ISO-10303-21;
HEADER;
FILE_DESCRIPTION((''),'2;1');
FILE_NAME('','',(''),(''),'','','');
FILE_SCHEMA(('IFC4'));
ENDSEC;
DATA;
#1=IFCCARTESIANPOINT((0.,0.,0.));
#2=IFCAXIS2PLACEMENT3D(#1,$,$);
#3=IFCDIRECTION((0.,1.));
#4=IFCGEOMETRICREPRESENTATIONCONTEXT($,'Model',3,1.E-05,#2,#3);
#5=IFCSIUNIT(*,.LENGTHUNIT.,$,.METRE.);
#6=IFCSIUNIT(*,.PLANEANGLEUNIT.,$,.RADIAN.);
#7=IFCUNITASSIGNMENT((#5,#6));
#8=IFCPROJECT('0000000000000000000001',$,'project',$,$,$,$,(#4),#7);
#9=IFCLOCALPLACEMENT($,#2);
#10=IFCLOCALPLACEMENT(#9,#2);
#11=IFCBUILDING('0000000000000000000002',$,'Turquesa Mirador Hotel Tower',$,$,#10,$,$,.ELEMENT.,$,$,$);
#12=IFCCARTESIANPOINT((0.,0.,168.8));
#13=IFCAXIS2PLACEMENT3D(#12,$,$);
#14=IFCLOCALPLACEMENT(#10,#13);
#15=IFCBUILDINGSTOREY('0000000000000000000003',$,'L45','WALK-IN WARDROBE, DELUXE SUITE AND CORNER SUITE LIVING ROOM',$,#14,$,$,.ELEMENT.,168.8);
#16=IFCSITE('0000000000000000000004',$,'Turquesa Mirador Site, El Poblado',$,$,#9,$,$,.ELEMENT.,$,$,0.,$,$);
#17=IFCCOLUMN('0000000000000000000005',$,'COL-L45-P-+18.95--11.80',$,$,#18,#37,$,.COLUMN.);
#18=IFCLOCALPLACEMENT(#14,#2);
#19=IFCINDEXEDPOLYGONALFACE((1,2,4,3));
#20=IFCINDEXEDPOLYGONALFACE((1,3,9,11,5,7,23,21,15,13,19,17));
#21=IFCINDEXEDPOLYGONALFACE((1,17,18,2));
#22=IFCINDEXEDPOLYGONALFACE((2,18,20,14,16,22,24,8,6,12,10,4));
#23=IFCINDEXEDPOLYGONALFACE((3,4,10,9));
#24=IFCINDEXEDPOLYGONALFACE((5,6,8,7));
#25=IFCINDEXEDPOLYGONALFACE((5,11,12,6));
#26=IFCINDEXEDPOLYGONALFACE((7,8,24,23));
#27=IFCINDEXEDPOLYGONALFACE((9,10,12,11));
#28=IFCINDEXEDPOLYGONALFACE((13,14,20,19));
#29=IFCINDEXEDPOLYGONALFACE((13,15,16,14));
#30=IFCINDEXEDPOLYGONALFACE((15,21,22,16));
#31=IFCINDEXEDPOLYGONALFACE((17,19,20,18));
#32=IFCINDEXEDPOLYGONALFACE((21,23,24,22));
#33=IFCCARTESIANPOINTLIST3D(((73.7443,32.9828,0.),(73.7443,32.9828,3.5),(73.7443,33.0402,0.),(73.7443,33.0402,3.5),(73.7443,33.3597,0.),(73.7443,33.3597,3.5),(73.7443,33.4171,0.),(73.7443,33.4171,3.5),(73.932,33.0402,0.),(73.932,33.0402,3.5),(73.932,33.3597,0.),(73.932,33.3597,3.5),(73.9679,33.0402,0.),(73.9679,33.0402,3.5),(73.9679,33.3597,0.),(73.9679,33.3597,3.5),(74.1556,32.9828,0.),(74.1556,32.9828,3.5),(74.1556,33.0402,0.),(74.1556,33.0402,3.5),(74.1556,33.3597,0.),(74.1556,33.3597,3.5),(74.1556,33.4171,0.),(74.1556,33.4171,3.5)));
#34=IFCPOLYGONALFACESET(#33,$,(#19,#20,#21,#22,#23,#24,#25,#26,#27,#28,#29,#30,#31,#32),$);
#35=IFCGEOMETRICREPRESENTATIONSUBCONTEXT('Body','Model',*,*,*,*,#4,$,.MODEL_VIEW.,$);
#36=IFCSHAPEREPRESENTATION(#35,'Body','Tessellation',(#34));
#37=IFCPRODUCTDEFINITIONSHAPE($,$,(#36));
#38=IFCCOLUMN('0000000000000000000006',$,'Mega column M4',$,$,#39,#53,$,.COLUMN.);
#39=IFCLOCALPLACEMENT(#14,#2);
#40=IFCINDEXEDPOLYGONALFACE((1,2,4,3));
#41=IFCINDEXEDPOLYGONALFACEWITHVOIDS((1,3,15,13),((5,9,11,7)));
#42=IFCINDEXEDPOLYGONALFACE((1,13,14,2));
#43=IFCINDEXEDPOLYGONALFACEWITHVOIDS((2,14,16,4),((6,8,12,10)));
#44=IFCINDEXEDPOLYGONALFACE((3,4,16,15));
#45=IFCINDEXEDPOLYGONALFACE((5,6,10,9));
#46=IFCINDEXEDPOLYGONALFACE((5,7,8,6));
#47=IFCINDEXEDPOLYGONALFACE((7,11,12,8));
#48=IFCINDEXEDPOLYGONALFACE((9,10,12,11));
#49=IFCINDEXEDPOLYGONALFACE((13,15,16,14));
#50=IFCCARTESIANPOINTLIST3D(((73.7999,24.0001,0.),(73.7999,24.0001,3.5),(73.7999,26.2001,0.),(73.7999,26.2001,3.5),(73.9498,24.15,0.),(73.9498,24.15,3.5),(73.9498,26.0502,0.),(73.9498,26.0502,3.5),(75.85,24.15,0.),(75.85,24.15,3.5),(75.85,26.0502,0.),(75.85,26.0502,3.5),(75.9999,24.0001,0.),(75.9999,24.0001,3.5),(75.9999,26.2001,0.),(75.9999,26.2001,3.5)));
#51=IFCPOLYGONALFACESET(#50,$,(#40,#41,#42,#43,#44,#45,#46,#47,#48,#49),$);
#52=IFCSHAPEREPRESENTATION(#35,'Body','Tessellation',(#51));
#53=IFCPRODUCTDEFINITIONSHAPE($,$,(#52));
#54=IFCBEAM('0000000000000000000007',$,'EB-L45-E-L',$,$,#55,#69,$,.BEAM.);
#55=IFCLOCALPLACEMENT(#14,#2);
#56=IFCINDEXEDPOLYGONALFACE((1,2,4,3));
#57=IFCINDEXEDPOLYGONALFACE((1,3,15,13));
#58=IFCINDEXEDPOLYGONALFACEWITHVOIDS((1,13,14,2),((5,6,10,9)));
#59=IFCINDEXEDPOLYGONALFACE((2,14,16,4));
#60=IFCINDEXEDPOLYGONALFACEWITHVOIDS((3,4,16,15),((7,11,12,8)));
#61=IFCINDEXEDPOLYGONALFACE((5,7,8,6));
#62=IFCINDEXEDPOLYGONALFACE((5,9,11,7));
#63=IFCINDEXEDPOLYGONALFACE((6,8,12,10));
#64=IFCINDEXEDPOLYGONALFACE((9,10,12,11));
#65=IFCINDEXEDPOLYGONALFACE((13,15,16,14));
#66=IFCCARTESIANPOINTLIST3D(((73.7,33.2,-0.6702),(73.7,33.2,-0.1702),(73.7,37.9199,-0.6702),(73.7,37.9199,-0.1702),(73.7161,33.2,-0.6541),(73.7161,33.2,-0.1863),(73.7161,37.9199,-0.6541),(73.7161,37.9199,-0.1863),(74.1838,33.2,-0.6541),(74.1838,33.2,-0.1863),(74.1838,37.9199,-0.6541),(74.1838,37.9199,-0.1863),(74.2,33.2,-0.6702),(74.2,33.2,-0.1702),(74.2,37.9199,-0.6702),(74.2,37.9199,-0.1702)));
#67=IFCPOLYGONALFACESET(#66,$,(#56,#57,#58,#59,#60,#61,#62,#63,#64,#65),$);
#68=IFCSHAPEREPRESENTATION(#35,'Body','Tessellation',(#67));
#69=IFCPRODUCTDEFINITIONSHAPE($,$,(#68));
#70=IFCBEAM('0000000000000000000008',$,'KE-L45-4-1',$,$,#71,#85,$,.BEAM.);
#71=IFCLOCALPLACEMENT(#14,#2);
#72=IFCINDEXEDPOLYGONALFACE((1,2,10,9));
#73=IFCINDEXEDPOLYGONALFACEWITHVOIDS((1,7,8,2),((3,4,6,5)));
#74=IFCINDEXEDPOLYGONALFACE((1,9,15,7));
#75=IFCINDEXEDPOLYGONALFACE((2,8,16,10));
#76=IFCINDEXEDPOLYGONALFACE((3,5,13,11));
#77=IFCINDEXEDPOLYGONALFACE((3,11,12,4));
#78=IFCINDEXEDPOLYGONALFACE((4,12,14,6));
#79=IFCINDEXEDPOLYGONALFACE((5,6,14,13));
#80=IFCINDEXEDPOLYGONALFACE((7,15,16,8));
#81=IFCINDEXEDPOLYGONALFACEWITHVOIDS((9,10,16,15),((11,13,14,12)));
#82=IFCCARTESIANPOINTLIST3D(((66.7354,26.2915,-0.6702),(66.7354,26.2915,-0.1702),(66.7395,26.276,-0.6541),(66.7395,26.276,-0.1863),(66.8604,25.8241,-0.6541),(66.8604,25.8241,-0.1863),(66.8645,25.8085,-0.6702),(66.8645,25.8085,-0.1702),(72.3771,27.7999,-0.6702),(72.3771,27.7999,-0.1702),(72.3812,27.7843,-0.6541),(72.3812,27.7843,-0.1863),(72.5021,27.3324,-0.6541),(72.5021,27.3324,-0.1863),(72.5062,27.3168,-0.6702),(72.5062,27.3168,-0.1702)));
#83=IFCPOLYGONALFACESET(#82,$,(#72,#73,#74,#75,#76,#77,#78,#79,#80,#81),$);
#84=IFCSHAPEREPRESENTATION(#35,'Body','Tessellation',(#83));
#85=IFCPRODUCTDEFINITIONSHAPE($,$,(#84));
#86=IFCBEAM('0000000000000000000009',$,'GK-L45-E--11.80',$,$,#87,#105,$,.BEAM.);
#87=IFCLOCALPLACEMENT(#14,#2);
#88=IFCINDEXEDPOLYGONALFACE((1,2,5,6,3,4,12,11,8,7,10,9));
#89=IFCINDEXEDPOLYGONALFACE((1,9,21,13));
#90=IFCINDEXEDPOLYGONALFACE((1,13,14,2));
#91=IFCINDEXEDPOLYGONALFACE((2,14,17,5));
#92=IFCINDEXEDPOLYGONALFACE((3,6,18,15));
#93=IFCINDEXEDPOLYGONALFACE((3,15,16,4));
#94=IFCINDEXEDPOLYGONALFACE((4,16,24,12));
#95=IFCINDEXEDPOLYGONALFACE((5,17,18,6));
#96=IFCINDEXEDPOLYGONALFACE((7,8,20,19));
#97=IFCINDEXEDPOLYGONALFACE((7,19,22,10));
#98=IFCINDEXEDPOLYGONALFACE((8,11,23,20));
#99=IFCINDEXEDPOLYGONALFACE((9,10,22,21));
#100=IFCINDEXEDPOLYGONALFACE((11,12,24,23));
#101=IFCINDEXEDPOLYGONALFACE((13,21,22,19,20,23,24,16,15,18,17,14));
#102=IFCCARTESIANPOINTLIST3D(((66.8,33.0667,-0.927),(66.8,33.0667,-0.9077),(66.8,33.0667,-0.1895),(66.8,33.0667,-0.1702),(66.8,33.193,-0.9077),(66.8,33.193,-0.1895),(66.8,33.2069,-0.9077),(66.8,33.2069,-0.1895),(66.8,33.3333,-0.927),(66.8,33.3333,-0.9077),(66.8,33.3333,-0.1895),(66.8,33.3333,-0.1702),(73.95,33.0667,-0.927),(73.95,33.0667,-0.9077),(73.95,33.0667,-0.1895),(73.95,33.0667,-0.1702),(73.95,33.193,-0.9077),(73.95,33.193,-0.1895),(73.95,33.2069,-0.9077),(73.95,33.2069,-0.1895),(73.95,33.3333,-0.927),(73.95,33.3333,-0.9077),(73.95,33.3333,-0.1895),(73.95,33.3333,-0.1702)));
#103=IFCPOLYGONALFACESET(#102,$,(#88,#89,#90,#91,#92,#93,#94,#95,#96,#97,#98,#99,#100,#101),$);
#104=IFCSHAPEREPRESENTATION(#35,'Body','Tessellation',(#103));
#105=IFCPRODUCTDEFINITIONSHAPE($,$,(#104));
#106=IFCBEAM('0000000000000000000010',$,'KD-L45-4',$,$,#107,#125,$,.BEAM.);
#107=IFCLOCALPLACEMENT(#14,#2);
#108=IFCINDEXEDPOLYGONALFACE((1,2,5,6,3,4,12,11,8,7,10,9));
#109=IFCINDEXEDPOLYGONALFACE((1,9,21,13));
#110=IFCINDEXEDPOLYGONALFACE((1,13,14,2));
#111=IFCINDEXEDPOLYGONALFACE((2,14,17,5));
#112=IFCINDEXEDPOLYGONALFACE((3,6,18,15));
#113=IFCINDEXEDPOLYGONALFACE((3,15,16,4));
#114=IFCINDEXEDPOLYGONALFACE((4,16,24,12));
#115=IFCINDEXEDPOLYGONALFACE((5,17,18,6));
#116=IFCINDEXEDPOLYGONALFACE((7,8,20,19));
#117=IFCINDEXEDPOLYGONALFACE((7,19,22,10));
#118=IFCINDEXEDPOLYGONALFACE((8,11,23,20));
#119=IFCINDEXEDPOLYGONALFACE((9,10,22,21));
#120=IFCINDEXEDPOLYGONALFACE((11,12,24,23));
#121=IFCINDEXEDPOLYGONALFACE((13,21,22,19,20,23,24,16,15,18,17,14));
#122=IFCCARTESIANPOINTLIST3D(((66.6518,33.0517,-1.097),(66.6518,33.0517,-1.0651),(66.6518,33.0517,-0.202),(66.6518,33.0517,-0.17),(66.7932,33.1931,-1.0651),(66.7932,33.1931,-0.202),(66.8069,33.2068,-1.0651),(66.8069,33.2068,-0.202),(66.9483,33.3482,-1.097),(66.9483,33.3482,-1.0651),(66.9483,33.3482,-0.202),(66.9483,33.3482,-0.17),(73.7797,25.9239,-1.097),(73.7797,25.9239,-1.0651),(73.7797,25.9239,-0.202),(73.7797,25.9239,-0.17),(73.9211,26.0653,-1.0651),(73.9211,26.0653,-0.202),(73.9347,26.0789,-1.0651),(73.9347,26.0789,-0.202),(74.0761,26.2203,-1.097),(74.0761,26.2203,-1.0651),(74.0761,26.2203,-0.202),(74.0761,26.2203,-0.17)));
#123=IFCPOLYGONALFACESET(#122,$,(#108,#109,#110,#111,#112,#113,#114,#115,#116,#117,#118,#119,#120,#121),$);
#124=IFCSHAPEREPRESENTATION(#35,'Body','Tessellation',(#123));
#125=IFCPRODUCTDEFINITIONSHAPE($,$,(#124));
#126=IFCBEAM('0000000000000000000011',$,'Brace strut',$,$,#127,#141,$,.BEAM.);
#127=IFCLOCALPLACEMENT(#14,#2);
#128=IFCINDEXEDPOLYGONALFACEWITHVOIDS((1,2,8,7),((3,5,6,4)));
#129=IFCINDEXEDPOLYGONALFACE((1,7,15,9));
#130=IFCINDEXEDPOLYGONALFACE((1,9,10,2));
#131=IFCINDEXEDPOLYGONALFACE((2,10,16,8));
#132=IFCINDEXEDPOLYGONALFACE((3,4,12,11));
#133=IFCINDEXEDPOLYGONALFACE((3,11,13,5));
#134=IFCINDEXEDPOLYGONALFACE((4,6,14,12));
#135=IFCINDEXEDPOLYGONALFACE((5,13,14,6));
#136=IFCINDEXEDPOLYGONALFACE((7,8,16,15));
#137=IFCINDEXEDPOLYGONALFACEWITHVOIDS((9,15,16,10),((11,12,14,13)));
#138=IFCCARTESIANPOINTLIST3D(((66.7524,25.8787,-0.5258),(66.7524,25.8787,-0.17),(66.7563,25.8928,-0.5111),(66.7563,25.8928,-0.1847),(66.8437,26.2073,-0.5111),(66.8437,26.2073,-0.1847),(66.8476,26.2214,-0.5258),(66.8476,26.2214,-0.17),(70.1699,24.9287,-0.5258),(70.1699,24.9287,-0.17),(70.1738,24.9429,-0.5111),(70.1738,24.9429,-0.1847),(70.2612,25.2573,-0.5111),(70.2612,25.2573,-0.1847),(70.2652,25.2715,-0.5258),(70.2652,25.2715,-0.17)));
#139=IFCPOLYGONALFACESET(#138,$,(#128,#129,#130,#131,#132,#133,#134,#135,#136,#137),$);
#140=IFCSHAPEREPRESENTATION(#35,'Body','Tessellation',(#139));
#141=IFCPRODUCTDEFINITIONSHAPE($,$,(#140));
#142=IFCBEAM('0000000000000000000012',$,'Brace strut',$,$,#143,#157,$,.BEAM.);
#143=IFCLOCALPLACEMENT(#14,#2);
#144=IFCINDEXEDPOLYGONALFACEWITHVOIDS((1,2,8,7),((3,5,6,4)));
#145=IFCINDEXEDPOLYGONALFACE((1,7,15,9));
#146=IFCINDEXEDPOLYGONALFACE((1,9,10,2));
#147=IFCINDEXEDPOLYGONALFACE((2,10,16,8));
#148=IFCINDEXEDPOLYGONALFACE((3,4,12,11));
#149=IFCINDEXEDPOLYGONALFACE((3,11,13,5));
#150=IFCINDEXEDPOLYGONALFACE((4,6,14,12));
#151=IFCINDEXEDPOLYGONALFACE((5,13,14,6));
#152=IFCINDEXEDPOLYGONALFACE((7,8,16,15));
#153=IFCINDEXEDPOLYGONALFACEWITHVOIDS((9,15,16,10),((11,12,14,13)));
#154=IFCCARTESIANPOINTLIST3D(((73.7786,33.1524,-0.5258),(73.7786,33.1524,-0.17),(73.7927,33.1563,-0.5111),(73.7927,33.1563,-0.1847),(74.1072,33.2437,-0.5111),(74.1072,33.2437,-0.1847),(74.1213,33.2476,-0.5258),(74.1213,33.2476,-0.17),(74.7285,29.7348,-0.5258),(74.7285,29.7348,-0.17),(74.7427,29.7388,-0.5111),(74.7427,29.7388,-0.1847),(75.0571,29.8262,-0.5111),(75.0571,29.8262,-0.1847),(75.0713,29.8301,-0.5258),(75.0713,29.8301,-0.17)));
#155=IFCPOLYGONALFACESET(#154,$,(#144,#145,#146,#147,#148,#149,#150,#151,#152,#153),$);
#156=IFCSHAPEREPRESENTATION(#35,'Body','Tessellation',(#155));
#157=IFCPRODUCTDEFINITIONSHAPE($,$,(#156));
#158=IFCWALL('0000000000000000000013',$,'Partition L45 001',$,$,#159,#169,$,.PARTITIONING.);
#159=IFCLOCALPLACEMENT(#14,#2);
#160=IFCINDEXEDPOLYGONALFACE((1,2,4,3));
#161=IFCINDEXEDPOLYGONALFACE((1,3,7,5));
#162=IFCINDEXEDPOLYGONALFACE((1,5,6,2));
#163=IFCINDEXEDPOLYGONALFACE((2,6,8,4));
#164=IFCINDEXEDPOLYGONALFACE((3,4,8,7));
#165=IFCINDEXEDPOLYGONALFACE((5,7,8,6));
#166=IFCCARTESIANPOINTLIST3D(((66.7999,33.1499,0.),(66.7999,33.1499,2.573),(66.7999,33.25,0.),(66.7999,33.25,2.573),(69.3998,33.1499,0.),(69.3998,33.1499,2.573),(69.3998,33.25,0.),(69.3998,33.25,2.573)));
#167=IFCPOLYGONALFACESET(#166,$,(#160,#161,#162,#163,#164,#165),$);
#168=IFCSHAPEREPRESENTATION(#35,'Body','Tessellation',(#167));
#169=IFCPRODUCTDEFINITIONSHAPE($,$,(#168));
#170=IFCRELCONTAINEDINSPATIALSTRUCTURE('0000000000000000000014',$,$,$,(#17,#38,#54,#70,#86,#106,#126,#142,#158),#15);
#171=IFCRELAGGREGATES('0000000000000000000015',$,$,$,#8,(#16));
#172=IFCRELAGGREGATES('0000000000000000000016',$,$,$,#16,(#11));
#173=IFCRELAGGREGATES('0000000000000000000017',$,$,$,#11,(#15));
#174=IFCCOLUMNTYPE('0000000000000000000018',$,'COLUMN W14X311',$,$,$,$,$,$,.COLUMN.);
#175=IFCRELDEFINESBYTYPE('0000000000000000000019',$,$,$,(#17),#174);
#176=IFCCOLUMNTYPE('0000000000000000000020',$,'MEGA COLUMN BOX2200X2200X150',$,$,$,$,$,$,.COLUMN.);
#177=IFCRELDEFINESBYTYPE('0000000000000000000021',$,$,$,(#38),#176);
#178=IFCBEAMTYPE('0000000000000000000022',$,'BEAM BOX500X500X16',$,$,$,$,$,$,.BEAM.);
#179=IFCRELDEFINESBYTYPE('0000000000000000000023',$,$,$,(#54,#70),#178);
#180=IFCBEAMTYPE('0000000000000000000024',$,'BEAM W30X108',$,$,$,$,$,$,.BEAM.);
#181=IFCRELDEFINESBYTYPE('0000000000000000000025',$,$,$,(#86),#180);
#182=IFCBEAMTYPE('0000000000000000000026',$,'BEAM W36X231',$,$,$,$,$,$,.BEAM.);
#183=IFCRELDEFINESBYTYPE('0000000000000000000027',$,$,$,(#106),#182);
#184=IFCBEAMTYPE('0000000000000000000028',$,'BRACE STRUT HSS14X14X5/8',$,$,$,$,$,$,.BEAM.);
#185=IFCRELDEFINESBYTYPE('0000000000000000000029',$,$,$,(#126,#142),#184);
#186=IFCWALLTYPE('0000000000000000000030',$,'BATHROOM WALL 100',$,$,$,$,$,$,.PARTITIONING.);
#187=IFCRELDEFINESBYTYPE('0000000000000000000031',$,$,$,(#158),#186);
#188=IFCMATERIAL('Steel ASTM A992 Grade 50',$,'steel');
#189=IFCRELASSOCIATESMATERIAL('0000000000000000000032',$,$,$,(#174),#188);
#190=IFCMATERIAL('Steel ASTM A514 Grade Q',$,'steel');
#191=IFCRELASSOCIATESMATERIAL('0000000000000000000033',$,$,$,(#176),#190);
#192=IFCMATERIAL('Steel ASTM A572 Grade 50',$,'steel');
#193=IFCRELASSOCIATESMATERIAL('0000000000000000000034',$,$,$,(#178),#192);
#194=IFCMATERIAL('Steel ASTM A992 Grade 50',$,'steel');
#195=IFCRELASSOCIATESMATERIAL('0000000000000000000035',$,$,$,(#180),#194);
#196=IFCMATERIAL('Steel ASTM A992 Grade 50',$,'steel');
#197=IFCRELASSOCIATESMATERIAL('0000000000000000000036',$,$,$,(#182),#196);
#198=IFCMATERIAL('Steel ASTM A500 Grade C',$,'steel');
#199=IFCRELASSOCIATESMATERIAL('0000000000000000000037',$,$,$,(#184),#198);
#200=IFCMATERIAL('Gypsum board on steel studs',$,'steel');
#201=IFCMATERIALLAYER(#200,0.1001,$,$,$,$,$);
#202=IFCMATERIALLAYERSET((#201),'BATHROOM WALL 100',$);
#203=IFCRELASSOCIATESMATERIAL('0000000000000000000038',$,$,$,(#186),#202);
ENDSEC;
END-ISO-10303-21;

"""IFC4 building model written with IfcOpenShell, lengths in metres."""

from ifc_helpers import new_model, si_unit, direction, frame, frame_2d, origin, origin_2d, place, context, subcontext, project, spatial, rectangle, hollow_rectangle, i_section, extrude, material, layer, layer_set, material_profile, profile_set, type_object, element, save


model = new_model("IFC4")

# Units and contexts
model_context = context("Model", 3, precision=1e-05, world=origin(), true_north=direction((0.0, 1.0)))
body_context = subcontext(model_context, "Body", "Model", "MODEL_VIEW")
ifc_project = project(units=[si_unit("LENGTHUNIT", "METRE"), si_unit("PLANEANGLEUNIT", "RADIAN")], contexts=[model_context])

# Site, building, storey
site_placement = place(None, origin())
site = spatial("IfcSite", under=ifc_project, at=site_placement, Name="Turquesa Mirador Site, El Poblado", CompositionType="ELEMENT", RefElevation=0.0)
building_placement = place(site_placement, origin())
building = spatial("IfcBuilding", under=site, at=building_placement, Name="Turquesa Mirador Hotel Tower", CompositionType="ELEMENT")
storey_placement = place(building_placement, frame((0.0, 0.0, 168.8)))
storey = spatial("IfcBuildingStorey", under=building, at=storey_placement, Name="L45", Description="WALK-IN WARDROBE, DELUXE SUITE AND CORNER SUITE LIVING ROOM", CompositionType="ELEMENT", Elevation=168.8)

# Columns
ifc_material_1 = material(Name="Steel ASTM A992 Grade 50", Category="steel")
ifc_material_profile_1 = material_profile(ifc_material_1, i_section(OverallWidth=0.4114, OverallDepth=0.4343, WebThickness=0.0359, FlangeThickness=0.0574, at=origin_2d()), Name="W14X311")
ifc_profile_set_1 = profile_set([ifc_material_profile_1], Name="Steel ASTM A992 Grade 50")
column_type_1 = type_object("IfcColumnType", Name="COLUMN W14X311", PredefinedType="COLUMN", material=ifc_profile_set_1)
column_1_placement = place(storey_placement, frame((73.95, 33.2, 0.0), z_axis=(0.0, 0.0, 1.0), x_axis=(1.0, 0.0, 0.0)))
element("IfcColumn", 1, at=column_1_placement, inside=storey, type_object=column_type_1, Name="COL-L45-P-+18.95--11.80", PredefinedType="COLUMN", context=body_context, shape_type="SweptSolid", body=[
    extrude(i_section(OverallWidth=0.4114, OverallDepth=0.4343, WebThickness=0.0359, FlangeThickness=0.0574, at=origin_2d()), origin(), (0.0, 0.0, 1.0), 3.5),
])
ifc_material_2 = material(Name="Steel ASTM A514 Grade Q", Category="steel")
ifc_material_profile_2 = material_profile(ifc_material_2, hollow_rectangle(XDim=2.2, YDim=2.2, WallThickness=0.1499, at=origin_2d()), Name="BOX2200X2200X150")
ifc_profile_set_2 = profile_set([ifc_material_profile_2], Name="Steel ASTM A514 Grade Q")
column_type_2 = type_object("IfcColumnType", Name="MEGA COLUMN BOX2200X2200X150", PredefinedType="COLUMN", material=ifc_profile_set_2)
column_2_placement = place(storey_placement, frame((74.8999, 25.1001, 0.0), z_axis=(0.0, 0.0, 1.0), x_axis=(1.0, 0.0, 0.0)))
element("IfcColumn", 2, at=column_2_placement, inside=storey, type_object=column_type_2, Name="Mega column M4", PredefinedType="COLUMN", context=body_context, shape_type="SweptSolid", body=[
    extrude(hollow_rectangle(XDim=2.2, YDim=2.2, WallThickness=0.1499, at=origin_2d()), origin(), (0.0, 0.0, 1.0), 3.5),
])

# Beams
ifc_material_3 = material(Name="Steel ASTM A572 Grade 50", Category="steel")
ifc_material_profile_3 = material_profile(ifc_material_3, hollow_rectangle(XDim=0.5, YDim=0.5, WallThickness=0.0161, at=origin_2d()), Name="BOX500X500X16")
ifc_profile_set_3 = profile_set([ifc_material_profile_3], Name="Steel ASTM A572 Grade 50")
beam_type_1 = type_object("IfcBeamType", Name="BEAM BOX500X500X16", PredefinedType="BEAM", material=ifc_profile_set_3)
beam_1_placement = place(storey_placement, frame((73.95, 33.2, -0.4202), z_axis=(0.0, 1.0, 0.0), x_axis=(-1.0, 0.0, 0.0)))
element("IfcBeam", 3, at=beam_1_placement, inside=storey, type_object=beam_type_1, Name="EB-L45-E-L", PredefinedType="BEAM", context=body_context, shape_type="SweptSolid", body=[
    extrude(hollow_rectangle(XDim=0.5, YDim=0.5, WallThickness=0.0161, at=origin_2d()), origin(), (0.0, 0.0, 1.0), 4.72),
])
beam_2_placement = place(storey_placement, frame((72.4417, 27.5583, -0.4202), z_axis=(-0.96607, -0.258282, 0.0), x_axis=(0.258282, -0.96607, 0.0)))
element("IfcBeam", 4, at=beam_2_placement, inside=storey, type_object=beam_type_1, Name="KE-L45-4-1", PredefinedType="BEAM", context=body_context, shape_type="SweptSolid", body=[
    extrude(hollow_rectangle(XDim=0.5, YDim=0.5, WallThickness=0.0161, at=origin_2d()), origin(), (0.0, 0.0, 1.0), 5.8398),
])
ifc_material_4 = material(Name="Steel ASTM A992 Grade 50", Category="steel")
ifc_material_profile_4 = material_profile(ifc_material_4, i_section(OverallWidth=0.2666, OverallDepth=0.7568, WebThickness=0.0139, FlangeThickness=0.0193, at=origin_2d()), Name="W30X108")
ifc_profile_set_4 = profile_set([ifc_material_profile_4], Name="Steel ASTM A992 Grade 50")
beam_type_2 = type_object("IfcBeamType", Name="BEAM W30X108", PredefinedType="BEAM", material=ifc_profile_set_4)
beam_3_placement = place(storey_placement, frame((73.95, 33.2, -0.5486), z_axis=(-1.0, 0.0, 0.0), x_axis=(0.0, -1.0, 0.0)))
element("IfcBeam", 5, at=beam_3_placement, inside=storey, type_object=beam_type_2, Name="GK-L45-E--11.80", PredefinedType="BEAM", context=body_context, shape_type="SweptSolid", body=[
    extrude(i_section(OverallWidth=0.2666, OverallDepth=0.7568, WebThickness=0.0139, FlangeThickness=0.0193, at=origin_2d()), origin(), (0.0, 0.0, 1.0), 7.1499),
])
ifc_material_5 = material(Name="Steel ASTM A992 Grade 50", Category="steel")
ifc_material_profile_5 = material_profile(ifc_material_5, i_section(OverallWidth=0.4192, OverallDepth=0.927, WebThickness=0.0193, FlangeThickness=0.032, at=origin_2d()), Name="W36X231")
ifc_profile_set_5 = profile_set([ifc_material_profile_5], Name="Steel ASTM A992 Grade 50")
beam_type_3 = type_object("IfcBeamType", Name="BEAM W36X231", PredefinedType="BEAM", material=ifc_profile_set_5)
beam_4_placement = place(storey_placement, frame((66.8, 33.2, -0.6335), z_axis=(0.707107, -0.707107, 0.0), x_axis=(0.707107, 0.707107, 0.0)))
element("IfcBeam", 6, at=beam_4_placement, inside=storey, type_object=beam_type_3, Name="KD-L45-4", PredefinedType="BEAM", context=body_context, shape_type="SweptSolid", body=[
    extrude(i_section(OverallWidth=0.4192, OverallDepth=0.927, WebThickness=0.0193, FlangeThickness=0.032, at=origin_2d()), origin(), (0.0, 0.0, 1.0), 10.0803),
])
ifc_material_6 = material(Name="Steel ASTM A500 Grade C", Category="steel")
ifc_material_profile_6 = material_profile(ifc_material_6, hollow_rectangle(XDim=0.3557, YDim=0.3557, WallThickness=0.0146, at=origin_2d()), Name="HSS14X14X5/8")
ifc_profile_set_6 = profile_set([ifc_material_profile_6], Name="Steel ASTM A500 Grade C")
beam_type_4 = type_object("IfcBeamType", Name="BRACE STRUT HSS14X14X5/8", PredefinedType="BEAM", material=ifc_profile_set_6)
for number, where, z_axis, x_axis, name in (
    (7, (70.2175, 25.1001, -0.3479), (-0.963471, 0.267814, 0.0), (-0.267814, -0.963471, 0.0), "Brace strut"),
    (8, (74.8999, 29.7825, -0.3479), (-0.267814, 0.963471, 0.0), (-0.963471, -0.267814, 0.0), "Brace strut"),
):
    element("IfcBeam", number, at=place(storey_placement, frame(where, z_axis=z_axis, x_axis=x_axis)), inside=storey, type_object=beam_type_4, Name=name, PredefinedType="BEAM", context=body_context, shape_type="SweptSolid", body=[
        extrude(hollow_rectangle(XDim=0.3557, YDim=0.3557, WallThickness=0.0146, at=origin_2d()), origin(), (0.0, 0.0, 1.0), 3.5471),
    ])

# Wall
ifc_material_7 = material(Name="Gypsum board on steel studs", Category="steel")
ifc_layer_1 = layer(ifc_material_7, 0.1001)
ifc_layer_set_1 = layer_set([ifc_layer_1], Name="BATHROOM WALL 100")
wall_type_1 = type_object("IfcWallType", Name="BATHROOM WALL 100", PredefinedType="PARTITIONING", material=ifc_layer_set_1)
wall_1_placement = place(storey_placement, frame((66.8, 33.2, 0.0), z_axis=(0.0, 0.0, 1.0), x_axis=(1.0, 0.0, 0.0)))
element("IfcWall", 9, at=wall_1_placement, inside=storey, type_object=wall_type_1, Name="Partition L45 001", PredefinedType="PARTITIONING", context=body_context, shape_type="SweptSolid", body=[
    extrude(rectangle(XDim=2.5999, YDim=0.1001, at=frame_2d((1.2998, 0.0))), origin(), (0.0, 0.0, 1.0), 2.573),
])

save(model, "model.ifc")
